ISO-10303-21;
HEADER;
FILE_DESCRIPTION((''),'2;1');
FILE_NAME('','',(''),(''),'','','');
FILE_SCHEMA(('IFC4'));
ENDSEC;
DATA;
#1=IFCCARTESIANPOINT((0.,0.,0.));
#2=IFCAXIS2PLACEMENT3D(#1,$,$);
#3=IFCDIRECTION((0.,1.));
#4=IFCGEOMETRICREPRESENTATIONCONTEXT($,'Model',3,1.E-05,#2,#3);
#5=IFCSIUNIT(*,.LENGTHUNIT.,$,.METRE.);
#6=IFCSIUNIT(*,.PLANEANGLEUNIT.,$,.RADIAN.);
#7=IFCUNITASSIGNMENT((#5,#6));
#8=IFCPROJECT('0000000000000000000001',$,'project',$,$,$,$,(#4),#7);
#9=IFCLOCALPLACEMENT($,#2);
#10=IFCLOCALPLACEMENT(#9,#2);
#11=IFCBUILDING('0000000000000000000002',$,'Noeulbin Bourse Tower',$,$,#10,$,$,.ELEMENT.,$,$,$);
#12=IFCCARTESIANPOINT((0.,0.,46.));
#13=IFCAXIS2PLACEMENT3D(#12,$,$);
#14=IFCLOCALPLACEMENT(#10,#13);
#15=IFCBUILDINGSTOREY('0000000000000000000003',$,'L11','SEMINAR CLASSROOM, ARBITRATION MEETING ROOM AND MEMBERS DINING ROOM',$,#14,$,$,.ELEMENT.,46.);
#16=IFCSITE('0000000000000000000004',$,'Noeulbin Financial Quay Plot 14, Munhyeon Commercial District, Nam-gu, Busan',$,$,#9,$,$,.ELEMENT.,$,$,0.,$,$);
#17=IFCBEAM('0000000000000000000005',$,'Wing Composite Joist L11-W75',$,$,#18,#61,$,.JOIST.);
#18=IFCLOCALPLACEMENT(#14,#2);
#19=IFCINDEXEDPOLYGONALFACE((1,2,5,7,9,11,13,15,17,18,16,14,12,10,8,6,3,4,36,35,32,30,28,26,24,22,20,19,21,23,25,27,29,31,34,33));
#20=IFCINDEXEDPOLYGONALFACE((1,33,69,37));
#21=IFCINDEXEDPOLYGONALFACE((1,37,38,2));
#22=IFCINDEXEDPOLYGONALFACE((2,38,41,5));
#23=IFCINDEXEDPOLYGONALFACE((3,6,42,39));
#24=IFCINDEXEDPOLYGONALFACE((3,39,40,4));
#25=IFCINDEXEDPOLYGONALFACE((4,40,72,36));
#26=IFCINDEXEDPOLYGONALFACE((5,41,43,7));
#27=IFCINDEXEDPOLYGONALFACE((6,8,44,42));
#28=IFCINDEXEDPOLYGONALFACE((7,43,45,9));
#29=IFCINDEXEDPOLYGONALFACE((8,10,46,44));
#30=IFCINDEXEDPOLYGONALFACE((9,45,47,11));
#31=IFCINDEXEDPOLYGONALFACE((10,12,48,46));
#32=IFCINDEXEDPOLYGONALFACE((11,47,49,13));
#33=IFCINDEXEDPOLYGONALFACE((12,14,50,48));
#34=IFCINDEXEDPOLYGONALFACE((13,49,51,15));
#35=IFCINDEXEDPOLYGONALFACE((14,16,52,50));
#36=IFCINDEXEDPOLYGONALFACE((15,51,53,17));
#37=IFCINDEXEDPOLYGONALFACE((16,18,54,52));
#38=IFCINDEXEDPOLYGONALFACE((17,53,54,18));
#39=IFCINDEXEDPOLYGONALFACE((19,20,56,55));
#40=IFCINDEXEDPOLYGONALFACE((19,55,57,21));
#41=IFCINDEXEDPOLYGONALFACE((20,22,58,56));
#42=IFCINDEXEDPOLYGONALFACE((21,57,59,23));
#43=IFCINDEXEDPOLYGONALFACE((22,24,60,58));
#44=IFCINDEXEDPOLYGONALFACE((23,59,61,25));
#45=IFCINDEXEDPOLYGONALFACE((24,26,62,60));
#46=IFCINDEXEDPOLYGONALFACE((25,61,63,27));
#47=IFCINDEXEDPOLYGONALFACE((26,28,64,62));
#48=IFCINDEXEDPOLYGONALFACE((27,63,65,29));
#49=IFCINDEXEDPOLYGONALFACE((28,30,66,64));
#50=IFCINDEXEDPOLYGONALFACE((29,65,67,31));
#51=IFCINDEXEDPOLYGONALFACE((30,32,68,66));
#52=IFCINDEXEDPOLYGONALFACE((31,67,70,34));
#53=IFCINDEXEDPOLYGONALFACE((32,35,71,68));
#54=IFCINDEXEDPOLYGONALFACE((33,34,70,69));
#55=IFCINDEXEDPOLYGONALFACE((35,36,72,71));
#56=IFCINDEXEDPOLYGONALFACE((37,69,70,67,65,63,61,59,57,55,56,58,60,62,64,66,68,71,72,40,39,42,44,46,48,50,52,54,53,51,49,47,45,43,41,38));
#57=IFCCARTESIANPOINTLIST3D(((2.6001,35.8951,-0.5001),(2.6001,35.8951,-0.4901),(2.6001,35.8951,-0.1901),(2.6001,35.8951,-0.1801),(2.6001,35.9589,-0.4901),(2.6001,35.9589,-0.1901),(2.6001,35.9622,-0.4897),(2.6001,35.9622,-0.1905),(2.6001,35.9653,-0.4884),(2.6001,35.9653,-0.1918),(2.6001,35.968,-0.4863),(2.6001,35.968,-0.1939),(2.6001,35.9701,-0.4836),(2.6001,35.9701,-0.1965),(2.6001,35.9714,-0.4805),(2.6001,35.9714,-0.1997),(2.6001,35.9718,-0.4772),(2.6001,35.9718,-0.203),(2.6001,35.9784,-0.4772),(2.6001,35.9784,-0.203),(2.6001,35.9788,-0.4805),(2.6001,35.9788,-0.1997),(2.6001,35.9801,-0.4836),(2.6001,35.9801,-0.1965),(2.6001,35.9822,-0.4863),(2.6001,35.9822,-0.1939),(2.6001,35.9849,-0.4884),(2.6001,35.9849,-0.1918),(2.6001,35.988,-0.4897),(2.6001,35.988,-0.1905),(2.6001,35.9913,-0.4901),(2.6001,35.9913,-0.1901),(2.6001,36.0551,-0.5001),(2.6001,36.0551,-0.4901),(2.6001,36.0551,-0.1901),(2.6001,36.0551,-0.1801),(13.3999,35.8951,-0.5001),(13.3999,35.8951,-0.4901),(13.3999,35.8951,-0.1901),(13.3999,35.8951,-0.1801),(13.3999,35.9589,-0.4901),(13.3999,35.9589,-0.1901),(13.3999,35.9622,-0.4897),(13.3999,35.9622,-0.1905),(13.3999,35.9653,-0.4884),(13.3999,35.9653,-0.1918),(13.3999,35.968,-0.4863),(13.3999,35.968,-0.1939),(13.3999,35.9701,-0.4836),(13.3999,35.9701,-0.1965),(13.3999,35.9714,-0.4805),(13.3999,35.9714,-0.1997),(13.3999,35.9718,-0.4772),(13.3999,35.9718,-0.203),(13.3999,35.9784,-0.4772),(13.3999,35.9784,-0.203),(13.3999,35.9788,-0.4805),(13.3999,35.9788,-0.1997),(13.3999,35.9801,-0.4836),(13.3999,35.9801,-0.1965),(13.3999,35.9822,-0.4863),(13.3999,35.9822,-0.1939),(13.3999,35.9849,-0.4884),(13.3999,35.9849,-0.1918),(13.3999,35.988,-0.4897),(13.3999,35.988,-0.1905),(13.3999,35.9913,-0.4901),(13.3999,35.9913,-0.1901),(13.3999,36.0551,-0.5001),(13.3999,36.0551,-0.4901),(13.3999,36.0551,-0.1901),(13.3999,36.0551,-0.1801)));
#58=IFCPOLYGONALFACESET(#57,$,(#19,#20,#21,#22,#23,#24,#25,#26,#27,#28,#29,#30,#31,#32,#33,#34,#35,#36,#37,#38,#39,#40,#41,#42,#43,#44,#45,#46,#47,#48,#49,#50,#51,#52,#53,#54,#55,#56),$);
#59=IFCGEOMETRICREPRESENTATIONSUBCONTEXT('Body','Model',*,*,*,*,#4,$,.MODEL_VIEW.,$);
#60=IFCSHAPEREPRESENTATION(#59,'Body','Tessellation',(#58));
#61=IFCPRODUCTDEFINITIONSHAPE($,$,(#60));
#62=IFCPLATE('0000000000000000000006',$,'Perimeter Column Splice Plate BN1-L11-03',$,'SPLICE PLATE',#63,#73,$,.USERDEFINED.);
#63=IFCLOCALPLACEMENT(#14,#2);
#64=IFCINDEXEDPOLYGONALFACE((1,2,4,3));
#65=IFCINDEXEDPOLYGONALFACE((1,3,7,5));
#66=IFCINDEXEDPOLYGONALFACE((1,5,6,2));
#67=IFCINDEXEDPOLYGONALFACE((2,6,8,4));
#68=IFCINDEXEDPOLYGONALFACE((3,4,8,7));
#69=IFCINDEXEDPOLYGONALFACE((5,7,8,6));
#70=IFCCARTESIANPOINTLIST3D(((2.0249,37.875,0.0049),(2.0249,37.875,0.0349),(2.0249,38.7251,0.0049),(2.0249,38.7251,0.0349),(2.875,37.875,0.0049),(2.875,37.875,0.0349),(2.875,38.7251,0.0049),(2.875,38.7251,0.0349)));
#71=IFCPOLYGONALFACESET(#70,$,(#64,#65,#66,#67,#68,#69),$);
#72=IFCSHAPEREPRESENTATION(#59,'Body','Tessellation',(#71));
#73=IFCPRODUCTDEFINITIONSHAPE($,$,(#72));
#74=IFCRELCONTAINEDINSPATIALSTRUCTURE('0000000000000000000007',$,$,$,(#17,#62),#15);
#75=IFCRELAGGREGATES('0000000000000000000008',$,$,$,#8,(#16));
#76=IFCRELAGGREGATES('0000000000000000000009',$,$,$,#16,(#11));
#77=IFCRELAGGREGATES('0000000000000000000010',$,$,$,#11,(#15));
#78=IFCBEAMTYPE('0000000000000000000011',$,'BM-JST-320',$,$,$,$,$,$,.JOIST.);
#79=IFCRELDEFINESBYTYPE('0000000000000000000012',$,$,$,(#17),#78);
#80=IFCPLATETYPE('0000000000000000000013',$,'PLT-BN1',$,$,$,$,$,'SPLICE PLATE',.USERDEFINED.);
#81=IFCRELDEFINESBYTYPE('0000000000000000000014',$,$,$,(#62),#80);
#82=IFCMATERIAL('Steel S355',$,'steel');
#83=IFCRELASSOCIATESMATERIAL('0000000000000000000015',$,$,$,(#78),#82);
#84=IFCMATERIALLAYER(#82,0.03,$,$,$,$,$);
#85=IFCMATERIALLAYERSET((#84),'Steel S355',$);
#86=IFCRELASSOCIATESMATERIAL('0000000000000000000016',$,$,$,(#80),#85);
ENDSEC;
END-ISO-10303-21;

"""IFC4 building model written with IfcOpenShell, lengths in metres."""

from ifc_helpers import new_model, si_unit, direction, frame, origin, origin_2d, place, context, subcontext, project, spatial, rectangle, i_section, extrude, material, layer, layer_set, material_profile, profile_set, type_object, element, save


model = new_model("IFC4")

# Units and contexts
model_context = context("Model", 3, precision=1e-05, world=origin(), true_north=direction((0.0, 1.0)))
body_context = subcontext(model_context, "Body", "Model", "MODEL_VIEW")
ifc_project = project(units=[si_unit("LENGTHUNIT", "METRE"), si_unit("PLANEANGLEUNIT", "RADIAN")], contexts=[model_context])

# Site, building, storey
site_placement = place(None, origin())
site = spatial("IfcSite", under=ifc_project, at=site_placement, Name="Noeulbin Financial Quay Plot 14, Munhyeon Commercial District, Nam-gu, Busan", CompositionType="ELEMENT", RefElevation=0.0)
building_placement = place(site_placement, origin())
building = spatial("IfcBuilding", under=site, at=building_placement, Name="Noeulbin Bourse Tower", CompositionType="ELEMENT")
storey_placement = place(building_placement, frame((0.0, 0.0, 46.0)))
storey = spatial("IfcBuildingStorey", under=building, at=storey_placement, Name="L11", Description="SEMINAR CLASSROOM, ARBITRATION MEETING ROOM AND MEMBERS DINING ROOM", CompositionType="ELEMENT", Elevation=46.0)

# Beam
ifc_material_1 = material(Name="Steel S355", Category="steel")
ifc_material_profile_1 = material_profile(ifc_material_1, i_section(OverallWidth=0.1599, OverallDepth=0.3201, WebThickness=0.0066, FlangeThickness=0.01, FilletRadius=0.0129, at=origin_2d()), Name="H-320x160x6.5x10", Category="LoadBearing")
ifc_profile_set_1 = profile_set([ifc_material_profile_1], Name="Steel S355")
beam_type = type_object("IfcBeamType", Name="BM-JST-320", PredefinedType="JOIST", material=ifc_profile_set_1)
for number, where, z_axis, x_axis, name in (
    (1, (2.6001, 35.9751, -0.3401), (1.0, 0.0, 0.0), (0.0, 1.0, 0.0), "Wing Composite Joist L11-W75"),
):
    element("IfcBeam", number, at=place(storey_placement, frame(where, z_axis=z_axis, x_axis=x_axis)), inside=storey, type_object=beam_type, Name=name, PredefinedType="JOIST", context=body_context, shape_type="SweptSolid", body=[
        extrude(i_section(OverallWidth=0.1599, OverallDepth=0.3201, WebThickness=0.0066, FlangeThickness=0.01, FilletRadius=0.0129, at=origin_2d()), origin(), (0.0, 0.0, 1.0), 10.7998),
    ])

# Plate
ifc_layer_1 = layer(ifc_material_1, 0.03)
ifc_layer_set_1 = layer_set([ifc_layer_1], Name="Steel S355")
plate_type = type_object("IfcPlateType", Name="PLT-BN1", ElementType="SPLICE PLATE", PredefinedType="USERDEFINED", material=ifc_layer_set_1)
plate_placement = place(storey_placement, frame((2.45, 38.3, 0.0049), z_axis=(0.0, 0.0, 1.0), x_axis=(1.0, 0.0, 0.0)))
element("IfcPlate", 2, at=plate_placement, inside=storey, type_object=plate_type, Name="Perimeter Column Splice Plate BN1-L11-03", ObjectType="SPLICE PLATE", PredefinedType="USERDEFINED", context=body_context, shape_type="SweptSolid", body=[
    extrude(rectangle(XDim=0.8501, YDim=0.8501, at=origin_2d()), origin(), (0.0, 0.0, 1.0), 0.03),
])

save(model, "model.ifc")
